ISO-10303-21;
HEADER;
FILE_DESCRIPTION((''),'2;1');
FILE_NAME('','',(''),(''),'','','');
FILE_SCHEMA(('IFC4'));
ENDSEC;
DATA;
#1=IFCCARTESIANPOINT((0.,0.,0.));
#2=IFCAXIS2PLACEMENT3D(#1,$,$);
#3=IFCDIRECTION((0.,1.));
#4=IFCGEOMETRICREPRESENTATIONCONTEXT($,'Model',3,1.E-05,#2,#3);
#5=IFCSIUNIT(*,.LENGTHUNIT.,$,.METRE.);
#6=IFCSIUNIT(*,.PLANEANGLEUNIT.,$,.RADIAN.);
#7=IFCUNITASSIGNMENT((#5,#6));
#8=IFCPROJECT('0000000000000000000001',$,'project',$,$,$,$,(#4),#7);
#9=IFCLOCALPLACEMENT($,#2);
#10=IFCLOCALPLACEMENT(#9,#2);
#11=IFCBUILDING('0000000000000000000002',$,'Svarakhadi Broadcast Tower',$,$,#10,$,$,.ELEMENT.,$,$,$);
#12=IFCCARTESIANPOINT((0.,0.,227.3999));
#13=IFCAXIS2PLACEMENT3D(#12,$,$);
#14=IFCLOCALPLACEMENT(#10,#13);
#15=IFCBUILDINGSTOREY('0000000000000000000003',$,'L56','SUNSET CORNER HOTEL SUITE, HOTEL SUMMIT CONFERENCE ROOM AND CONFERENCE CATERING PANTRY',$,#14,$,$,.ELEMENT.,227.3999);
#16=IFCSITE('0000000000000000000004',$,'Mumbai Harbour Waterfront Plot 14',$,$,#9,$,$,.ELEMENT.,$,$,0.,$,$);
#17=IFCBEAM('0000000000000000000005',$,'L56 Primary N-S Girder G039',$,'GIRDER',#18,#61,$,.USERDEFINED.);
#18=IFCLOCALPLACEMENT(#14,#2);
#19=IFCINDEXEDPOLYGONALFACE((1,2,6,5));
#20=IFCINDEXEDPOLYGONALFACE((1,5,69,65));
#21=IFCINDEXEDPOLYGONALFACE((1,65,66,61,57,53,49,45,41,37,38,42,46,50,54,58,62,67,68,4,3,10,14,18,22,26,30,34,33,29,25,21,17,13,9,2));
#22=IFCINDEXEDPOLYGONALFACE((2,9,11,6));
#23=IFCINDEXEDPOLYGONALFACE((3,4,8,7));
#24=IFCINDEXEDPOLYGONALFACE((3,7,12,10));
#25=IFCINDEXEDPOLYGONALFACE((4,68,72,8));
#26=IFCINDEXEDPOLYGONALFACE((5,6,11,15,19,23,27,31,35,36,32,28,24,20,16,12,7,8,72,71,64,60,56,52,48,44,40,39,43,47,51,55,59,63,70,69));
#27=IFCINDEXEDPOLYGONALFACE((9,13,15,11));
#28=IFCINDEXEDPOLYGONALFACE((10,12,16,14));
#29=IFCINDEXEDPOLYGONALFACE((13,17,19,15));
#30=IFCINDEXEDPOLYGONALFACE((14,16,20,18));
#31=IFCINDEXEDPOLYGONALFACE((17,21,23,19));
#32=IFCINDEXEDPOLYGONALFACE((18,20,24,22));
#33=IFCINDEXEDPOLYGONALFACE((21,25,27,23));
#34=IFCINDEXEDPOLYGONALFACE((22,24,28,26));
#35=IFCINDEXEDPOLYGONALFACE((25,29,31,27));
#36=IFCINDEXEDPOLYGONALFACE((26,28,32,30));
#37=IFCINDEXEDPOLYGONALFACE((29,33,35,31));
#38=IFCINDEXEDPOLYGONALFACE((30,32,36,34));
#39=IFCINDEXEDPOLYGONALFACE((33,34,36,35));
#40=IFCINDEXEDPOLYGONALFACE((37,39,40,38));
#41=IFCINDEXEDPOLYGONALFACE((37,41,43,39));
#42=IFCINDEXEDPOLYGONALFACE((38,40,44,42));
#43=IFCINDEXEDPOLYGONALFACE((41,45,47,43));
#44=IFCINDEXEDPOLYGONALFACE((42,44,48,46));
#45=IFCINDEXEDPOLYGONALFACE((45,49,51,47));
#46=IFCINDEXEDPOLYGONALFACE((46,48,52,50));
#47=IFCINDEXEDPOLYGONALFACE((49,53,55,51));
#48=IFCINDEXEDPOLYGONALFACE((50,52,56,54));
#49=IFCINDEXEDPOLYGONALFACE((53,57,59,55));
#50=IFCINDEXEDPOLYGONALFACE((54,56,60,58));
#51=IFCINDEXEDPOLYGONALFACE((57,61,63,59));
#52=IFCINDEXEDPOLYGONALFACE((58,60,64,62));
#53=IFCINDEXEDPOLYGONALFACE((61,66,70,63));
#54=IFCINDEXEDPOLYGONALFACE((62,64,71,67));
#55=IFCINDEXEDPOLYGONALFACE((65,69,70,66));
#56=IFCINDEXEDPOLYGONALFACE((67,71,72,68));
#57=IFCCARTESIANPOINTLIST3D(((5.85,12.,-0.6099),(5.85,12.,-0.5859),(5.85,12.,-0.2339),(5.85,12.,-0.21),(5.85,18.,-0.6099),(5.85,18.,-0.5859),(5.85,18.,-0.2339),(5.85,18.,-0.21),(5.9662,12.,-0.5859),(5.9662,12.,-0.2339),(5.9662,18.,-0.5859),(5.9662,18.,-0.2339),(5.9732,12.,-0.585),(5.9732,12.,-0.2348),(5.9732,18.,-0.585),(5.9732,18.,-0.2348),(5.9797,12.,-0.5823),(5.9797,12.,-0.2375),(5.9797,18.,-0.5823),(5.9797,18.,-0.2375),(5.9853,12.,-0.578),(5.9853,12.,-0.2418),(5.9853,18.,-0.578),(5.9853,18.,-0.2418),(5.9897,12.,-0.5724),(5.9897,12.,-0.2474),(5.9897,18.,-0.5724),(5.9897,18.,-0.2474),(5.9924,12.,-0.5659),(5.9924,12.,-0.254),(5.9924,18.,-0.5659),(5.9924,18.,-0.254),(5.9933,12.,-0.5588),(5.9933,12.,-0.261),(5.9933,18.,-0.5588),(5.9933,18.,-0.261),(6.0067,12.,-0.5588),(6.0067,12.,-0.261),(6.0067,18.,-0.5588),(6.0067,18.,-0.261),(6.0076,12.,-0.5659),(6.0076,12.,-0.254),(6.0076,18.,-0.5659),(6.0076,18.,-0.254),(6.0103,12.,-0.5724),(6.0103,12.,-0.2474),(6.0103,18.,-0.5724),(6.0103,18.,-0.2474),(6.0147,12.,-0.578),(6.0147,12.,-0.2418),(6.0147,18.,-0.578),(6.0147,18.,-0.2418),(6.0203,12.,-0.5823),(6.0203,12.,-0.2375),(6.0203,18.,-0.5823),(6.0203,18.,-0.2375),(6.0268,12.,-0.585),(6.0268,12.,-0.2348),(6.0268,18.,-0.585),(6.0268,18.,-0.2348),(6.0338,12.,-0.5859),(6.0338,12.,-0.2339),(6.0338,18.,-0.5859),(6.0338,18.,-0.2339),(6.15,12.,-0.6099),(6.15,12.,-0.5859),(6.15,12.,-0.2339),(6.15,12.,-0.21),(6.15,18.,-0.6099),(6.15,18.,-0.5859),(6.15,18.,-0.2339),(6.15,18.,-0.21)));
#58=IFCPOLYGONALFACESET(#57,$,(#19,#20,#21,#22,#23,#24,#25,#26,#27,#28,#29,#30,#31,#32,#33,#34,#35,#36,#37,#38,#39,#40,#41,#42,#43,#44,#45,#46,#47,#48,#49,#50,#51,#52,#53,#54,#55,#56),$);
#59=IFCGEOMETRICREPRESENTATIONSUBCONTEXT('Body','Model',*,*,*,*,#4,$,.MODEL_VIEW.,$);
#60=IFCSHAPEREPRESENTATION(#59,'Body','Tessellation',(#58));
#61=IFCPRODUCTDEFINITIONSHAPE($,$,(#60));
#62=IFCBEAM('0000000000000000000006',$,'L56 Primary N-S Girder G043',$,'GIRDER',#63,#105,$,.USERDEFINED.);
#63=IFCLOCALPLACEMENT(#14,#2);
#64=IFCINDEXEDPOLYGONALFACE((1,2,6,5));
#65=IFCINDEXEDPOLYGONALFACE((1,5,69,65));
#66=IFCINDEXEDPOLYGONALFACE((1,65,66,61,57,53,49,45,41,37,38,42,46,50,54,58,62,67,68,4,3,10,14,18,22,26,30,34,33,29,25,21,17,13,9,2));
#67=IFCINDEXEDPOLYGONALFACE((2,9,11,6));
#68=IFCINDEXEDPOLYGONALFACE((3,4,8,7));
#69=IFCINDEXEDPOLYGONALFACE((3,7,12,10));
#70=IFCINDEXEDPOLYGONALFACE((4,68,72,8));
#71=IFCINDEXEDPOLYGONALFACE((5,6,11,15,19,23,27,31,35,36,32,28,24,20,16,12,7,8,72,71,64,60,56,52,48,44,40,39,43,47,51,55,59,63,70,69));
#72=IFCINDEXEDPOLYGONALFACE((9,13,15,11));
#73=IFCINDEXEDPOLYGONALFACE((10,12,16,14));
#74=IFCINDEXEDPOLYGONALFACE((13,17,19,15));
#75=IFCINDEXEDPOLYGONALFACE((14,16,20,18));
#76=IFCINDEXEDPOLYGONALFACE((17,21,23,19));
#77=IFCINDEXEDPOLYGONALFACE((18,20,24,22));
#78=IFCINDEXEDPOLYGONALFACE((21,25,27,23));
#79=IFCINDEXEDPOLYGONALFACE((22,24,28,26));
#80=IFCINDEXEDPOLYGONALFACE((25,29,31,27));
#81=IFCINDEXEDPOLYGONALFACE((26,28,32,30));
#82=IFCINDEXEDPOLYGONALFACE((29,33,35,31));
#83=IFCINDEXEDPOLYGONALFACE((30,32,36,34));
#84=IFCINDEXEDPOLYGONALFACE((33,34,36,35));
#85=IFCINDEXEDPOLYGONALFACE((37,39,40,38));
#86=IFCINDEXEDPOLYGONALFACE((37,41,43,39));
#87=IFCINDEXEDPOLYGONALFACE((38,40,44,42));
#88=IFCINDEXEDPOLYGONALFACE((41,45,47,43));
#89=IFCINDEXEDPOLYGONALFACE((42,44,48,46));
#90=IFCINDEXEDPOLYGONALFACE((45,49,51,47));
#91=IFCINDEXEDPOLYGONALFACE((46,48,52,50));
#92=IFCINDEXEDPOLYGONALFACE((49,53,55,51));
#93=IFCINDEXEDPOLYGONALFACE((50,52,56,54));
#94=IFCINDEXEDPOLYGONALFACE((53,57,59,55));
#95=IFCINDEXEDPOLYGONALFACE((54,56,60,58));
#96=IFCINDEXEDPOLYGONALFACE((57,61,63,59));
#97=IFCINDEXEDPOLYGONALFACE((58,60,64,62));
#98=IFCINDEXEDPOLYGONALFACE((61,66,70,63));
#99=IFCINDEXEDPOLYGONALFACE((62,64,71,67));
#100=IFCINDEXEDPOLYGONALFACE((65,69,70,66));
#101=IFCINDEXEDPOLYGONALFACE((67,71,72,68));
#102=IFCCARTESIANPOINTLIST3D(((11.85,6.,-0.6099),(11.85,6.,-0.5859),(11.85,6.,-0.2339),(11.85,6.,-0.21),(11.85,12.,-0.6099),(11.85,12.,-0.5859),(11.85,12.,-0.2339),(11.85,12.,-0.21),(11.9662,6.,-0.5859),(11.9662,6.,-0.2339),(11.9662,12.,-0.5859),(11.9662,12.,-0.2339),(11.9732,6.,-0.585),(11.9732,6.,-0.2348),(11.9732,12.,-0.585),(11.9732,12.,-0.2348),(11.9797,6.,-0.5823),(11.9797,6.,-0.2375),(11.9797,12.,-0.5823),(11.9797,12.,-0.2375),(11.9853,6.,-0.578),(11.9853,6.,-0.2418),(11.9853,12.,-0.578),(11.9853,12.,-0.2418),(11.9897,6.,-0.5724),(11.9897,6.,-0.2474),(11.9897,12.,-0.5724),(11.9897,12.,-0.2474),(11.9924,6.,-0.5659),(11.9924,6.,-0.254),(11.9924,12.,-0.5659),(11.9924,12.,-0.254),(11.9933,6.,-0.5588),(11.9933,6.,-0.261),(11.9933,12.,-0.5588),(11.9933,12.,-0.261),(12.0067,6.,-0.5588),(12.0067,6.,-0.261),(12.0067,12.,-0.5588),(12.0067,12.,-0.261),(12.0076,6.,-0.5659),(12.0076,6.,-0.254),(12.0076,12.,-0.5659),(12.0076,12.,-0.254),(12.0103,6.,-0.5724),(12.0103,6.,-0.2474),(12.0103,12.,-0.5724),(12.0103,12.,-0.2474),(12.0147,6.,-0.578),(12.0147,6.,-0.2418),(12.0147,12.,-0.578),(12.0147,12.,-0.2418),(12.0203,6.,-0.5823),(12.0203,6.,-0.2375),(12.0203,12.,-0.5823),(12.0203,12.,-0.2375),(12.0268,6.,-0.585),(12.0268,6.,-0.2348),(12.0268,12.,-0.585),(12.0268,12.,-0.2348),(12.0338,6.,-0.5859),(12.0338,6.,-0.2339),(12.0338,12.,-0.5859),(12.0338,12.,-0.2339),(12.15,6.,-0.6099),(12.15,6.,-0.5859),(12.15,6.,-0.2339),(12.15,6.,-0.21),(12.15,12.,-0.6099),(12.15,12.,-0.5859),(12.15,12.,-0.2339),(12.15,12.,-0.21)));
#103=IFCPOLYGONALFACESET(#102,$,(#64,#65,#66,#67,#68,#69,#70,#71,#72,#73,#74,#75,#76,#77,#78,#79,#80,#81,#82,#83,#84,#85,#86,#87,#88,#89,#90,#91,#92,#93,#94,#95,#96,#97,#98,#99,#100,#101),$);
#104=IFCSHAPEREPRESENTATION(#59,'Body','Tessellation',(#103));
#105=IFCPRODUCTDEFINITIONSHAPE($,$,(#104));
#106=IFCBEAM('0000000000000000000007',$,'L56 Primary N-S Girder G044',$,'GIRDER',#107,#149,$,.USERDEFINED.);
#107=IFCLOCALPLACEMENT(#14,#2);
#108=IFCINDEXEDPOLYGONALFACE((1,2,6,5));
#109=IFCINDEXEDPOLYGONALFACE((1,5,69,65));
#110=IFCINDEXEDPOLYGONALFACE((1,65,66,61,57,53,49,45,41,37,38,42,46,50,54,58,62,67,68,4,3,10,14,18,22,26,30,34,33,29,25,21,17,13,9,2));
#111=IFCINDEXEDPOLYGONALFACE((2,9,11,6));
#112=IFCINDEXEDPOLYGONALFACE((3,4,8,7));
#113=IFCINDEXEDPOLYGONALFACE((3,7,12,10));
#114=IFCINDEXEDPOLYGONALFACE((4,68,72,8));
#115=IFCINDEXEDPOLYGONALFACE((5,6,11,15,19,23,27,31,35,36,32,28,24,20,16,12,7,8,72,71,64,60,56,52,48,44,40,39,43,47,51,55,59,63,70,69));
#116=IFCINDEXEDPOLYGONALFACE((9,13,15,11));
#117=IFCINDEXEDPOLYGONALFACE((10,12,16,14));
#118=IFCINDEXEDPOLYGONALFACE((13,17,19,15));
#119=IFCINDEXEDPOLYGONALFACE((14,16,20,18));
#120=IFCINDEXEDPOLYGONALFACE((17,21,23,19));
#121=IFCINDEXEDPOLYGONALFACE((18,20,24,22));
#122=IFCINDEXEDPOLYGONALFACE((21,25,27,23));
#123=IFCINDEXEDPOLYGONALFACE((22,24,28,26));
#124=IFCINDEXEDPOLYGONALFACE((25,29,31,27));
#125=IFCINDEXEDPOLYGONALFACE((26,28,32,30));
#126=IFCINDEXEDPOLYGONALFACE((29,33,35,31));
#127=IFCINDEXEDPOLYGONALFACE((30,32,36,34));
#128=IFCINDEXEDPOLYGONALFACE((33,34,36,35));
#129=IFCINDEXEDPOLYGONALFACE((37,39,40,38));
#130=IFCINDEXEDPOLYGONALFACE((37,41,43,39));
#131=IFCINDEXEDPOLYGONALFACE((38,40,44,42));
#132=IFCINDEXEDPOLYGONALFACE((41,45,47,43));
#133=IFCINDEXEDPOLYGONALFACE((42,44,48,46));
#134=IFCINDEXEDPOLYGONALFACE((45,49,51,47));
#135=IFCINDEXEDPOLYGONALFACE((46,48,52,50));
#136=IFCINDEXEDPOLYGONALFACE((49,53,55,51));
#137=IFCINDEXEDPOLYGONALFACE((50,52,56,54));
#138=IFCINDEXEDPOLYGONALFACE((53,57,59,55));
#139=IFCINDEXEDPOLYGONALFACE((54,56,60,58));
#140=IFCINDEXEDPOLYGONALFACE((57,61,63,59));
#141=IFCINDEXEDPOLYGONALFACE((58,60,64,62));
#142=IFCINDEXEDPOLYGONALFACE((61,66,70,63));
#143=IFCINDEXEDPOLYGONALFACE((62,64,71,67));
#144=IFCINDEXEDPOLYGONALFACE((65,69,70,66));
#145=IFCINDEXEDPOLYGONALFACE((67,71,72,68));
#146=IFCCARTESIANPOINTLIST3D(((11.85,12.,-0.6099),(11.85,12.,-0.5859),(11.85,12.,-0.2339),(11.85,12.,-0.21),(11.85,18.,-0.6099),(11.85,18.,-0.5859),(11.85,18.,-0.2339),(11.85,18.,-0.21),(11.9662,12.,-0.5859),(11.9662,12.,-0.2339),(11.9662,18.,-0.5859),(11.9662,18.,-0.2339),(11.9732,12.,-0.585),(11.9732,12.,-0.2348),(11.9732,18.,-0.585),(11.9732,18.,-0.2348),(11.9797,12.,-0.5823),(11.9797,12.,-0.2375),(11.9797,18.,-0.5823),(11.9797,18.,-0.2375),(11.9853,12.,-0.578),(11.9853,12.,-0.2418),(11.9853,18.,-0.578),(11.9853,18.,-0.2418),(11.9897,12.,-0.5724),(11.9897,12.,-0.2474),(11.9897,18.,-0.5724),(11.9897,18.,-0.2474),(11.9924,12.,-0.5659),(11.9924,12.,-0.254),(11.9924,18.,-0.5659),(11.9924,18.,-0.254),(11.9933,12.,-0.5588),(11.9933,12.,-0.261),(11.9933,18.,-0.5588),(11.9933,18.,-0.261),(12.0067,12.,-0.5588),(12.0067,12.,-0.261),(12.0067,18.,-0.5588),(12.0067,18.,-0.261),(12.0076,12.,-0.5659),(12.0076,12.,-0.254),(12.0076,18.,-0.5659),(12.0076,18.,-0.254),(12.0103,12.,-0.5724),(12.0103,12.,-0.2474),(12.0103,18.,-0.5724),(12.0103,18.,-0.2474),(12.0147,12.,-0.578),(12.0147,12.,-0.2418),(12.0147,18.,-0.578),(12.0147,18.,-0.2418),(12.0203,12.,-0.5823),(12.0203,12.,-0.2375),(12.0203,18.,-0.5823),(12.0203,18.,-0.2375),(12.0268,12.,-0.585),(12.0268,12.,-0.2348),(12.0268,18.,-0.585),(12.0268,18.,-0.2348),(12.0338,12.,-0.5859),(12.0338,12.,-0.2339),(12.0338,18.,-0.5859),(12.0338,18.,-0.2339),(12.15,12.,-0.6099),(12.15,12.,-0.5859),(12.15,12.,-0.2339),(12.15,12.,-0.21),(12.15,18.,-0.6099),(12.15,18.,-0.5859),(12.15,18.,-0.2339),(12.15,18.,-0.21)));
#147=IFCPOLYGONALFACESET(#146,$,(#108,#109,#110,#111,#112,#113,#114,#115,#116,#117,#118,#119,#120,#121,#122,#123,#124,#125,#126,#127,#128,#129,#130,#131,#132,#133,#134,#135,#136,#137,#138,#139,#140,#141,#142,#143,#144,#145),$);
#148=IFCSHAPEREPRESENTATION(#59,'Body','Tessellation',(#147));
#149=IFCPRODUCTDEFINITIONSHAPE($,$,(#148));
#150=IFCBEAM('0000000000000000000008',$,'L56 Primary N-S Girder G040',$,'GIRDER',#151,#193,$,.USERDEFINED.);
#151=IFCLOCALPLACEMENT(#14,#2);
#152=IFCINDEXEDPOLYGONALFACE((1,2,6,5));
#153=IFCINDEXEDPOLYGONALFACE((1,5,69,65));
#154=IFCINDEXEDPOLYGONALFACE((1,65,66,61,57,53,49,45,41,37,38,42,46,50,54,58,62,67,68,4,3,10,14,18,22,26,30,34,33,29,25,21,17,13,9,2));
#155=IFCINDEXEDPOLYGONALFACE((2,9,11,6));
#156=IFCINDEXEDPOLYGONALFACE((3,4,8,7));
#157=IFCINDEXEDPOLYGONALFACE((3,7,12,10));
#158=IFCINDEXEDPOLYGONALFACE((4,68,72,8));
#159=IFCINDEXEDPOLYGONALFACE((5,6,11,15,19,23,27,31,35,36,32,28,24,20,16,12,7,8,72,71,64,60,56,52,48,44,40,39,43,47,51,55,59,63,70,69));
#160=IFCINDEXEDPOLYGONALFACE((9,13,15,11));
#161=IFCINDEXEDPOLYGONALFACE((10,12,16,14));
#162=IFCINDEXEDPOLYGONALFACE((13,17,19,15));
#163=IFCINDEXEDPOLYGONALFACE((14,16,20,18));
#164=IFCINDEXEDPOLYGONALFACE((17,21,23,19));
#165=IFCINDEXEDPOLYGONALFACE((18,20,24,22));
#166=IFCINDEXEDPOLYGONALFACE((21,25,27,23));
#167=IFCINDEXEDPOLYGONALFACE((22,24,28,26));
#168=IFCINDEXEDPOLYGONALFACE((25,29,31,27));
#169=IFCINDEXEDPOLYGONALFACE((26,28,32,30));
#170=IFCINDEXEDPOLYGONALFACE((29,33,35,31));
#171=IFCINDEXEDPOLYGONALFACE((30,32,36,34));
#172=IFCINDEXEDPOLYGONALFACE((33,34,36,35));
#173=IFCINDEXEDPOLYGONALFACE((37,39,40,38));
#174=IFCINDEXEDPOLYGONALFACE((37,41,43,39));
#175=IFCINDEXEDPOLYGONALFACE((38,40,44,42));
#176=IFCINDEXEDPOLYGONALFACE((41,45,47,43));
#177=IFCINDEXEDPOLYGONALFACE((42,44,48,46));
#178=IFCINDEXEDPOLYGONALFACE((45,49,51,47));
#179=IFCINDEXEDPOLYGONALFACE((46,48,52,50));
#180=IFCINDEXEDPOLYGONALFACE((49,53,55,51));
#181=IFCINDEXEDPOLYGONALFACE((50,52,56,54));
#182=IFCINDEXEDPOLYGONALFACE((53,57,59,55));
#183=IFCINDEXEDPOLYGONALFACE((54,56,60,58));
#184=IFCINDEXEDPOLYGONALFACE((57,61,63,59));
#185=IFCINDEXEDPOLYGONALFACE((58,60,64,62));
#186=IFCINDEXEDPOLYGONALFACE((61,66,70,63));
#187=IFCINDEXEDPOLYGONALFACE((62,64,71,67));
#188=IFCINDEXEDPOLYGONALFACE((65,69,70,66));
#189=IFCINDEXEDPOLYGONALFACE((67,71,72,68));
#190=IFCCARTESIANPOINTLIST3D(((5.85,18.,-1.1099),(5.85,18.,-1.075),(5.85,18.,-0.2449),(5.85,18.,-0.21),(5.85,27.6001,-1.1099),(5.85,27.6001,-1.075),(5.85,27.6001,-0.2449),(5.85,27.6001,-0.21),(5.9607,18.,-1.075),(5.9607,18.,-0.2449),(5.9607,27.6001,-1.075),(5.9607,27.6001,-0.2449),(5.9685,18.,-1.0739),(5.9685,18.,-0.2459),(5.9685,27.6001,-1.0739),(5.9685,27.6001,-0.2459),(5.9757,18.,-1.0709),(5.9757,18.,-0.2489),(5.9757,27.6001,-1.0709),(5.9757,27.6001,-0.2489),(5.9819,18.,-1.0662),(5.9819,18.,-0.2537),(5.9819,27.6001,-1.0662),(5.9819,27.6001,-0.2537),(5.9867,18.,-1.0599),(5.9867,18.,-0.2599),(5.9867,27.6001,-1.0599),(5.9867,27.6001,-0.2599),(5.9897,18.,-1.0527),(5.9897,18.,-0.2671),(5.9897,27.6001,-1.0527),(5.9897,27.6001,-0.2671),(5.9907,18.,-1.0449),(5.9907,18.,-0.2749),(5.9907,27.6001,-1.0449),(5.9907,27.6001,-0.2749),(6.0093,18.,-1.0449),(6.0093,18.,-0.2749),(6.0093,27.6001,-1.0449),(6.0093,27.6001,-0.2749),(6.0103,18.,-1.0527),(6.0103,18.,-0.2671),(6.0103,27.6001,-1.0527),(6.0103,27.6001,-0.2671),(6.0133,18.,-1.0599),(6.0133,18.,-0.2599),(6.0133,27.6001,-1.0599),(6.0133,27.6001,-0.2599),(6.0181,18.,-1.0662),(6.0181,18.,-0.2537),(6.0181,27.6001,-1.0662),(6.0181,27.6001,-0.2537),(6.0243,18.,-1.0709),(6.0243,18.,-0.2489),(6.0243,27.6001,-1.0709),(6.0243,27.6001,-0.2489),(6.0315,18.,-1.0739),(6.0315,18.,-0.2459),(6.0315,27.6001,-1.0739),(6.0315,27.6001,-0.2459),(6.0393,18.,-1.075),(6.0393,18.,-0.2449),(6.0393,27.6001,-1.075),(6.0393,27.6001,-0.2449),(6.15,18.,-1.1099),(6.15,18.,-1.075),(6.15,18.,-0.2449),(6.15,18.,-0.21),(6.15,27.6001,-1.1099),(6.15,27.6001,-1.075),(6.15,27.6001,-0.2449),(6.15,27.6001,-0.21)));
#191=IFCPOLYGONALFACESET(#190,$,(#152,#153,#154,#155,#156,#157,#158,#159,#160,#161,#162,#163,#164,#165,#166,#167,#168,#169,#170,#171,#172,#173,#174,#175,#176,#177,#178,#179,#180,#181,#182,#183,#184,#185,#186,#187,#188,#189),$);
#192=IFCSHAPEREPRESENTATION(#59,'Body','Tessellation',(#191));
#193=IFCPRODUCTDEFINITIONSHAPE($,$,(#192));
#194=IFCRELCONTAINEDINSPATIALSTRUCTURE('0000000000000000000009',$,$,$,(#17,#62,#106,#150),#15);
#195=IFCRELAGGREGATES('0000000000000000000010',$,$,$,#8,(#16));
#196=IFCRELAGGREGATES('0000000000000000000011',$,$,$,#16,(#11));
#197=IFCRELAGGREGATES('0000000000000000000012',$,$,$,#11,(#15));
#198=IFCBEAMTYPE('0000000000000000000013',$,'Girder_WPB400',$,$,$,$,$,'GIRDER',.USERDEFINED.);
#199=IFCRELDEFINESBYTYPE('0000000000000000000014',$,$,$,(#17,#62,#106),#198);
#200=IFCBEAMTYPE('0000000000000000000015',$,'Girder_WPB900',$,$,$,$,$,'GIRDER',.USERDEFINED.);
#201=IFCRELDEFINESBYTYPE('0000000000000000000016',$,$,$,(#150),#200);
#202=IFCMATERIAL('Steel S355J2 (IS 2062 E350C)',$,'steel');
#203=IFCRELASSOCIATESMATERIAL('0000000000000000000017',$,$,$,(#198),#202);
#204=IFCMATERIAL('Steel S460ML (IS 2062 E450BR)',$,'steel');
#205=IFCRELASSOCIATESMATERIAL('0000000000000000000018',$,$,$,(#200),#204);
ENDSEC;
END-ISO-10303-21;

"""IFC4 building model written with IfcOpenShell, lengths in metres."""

from ifc_helpers import new_model, si_unit, direction, frame, origin, origin_2d, place, context, subcontext, project, spatial, i_section, extrude, material, material_profile, profile_set, type_object, element, save


model = new_model("IFC4")

# Units and contexts
model_context = context("Model", 3, precision=1e-05, world=origin(), true_north=direction((0.0, 1.0)))
body_context = subcontext(model_context, "Body", "Model", "MODEL_VIEW")
ifc_project = project(units=[si_unit("LENGTHUNIT", "METRE"), si_unit("PLANEANGLEUNIT", "RADIAN")], contexts=[model_context])

# Site, building, storey
site_placement = place(None, origin())
site = spatial("IfcSite", under=ifc_project, at=site_placement, Name="Mumbai Harbour Waterfront Plot 14", CompositionType="ELEMENT", RefElevation=0.0)
building_placement = place(site_placement, origin())
building = spatial("IfcBuilding", under=site, at=building_placement, Name="Svarakhadi Broadcast Tower", CompositionType="ELEMENT")
storey_placement = place(building_placement, frame((0.0, 0.0, 227.3999)))
storey = spatial("IfcBuildingStorey", under=building, at=storey_placement, Name="L56", Description="SUNSET CORNER HOTEL SUITE, HOTEL SUMMIT CONFERENCE ROOM AND CONFERENCE CATERING PANTRY", CompositionType="ELEMENT", Elevation=227.3999)

# Shared definitions
ifc_material_1 = material(Name="Steel S460ML (IS 2062 E450BR)", Category="steel")

# Beams
ifc_material_2 = material(Name="Steel S355J2 (IS 2062 E350C)", Category="steel")
ifc_material_profile_1 = material_profile(ifc_material_2, i_section(OverallWidth=0.3, OverallDepth=0.3999, WebThickness=0.0134, FlangeThickness=0.0239, FilletRadius=0.0271, at=origin_2d()), Name="WPB 400x300x155")
ifc_profile_set_1 = profile_set([ifc_material_profile_1], Name="Steel S355J2 (IS 2062 E350C)")
beam_type_1 = type_object("IfcBeamType", Name="Girder_WPB400", ElementType="GIRDER", PredefinedType="USERDEFINED", material=ifc_profile_set_1)
for number, where, z_axis, x_axis, name in (
    (1, (6.0, 12.0, -0.4099), (0.0, 1.0, 0.0), (-1.0, 0.0, 0.0), "L56 Primary N-S Girder G039"),
    (2, (12.0, 6.0, -0.4099), (0.0, 1.0, 0.0), (-1.0, 0.0, 0.0), "L56 Primary N-S Girder G043"),
    (3, (12.0, 12.0, -0.4099), (0.0, 1.0, 0.0), (-1.0, 0.0, 0.0), "L56 Primary N-S Girder G044"),
):
    element("IfcBeam", number, at=place(storey_placement, frame(where, z_axis=z_axis, x_axis=x_axis)), inside=storey, type_object=beam_type_1, Name=name, ObjectType="GIRDER", PredefinedType="USERDEFINED", context=body_context, shape_type="SweptSolid", body=[
        extrude(i_section(OverallWidth=0.3, OverallDepth=0.3999, WebThickness=0.0134, FlangeThickness=0.0239, FilletRadius=0.0271, at=origin_2d()), origin(), (0.0, 0.0, 1.0), 6.0),
    ])
ifc_material_profile_2 = material_profile(ifc_material_1, i_section(OverallWidth=0.3, OverallDepth=0.8999, WebThickness=0.0186, FlangeThickness=0.0349, FilletRadius=0.03, at=origin_2d()), Name="WPB 900x300x291")
ifc_profile_set_2 = profile_set([ifc_material_profile_2], Name="Steel S460ML (IS 2062 E450BR)")
beam_type_2 = type_object("IfcBeamType", Name="Girder_WPB900", ElementType="GIRDER", PredefinedType="USERDEFINED", material=ifc_profile_set_2)
beam_placement = place(storey_placement, frame((6.0, 18.0, -0.6599), z_axis=(0.0, 1.0, 0.0), x_axis=(-1.0, 0.0, 0.0)))
element("IfcBeam", 4, at=beam_placement, inside=storey, type_object=beam_type_2, Name="L56 Primary N-S Girder G040", ObjectType="GIRDER", PredefinedType="USERDEFINED", context=body_context, shape_type="SweptSolid", body=[
    extrude(i_section(OverallWidth=0.3, OverallDepth=0.8999, WebThickness=0.0186, FlangeThickness=0.0349, FilletRadius=0.03, at=origin_2d()), origin(), (0.0, 0.0, 1.0), 9.6001),
])

save(model, "model.ifc")
